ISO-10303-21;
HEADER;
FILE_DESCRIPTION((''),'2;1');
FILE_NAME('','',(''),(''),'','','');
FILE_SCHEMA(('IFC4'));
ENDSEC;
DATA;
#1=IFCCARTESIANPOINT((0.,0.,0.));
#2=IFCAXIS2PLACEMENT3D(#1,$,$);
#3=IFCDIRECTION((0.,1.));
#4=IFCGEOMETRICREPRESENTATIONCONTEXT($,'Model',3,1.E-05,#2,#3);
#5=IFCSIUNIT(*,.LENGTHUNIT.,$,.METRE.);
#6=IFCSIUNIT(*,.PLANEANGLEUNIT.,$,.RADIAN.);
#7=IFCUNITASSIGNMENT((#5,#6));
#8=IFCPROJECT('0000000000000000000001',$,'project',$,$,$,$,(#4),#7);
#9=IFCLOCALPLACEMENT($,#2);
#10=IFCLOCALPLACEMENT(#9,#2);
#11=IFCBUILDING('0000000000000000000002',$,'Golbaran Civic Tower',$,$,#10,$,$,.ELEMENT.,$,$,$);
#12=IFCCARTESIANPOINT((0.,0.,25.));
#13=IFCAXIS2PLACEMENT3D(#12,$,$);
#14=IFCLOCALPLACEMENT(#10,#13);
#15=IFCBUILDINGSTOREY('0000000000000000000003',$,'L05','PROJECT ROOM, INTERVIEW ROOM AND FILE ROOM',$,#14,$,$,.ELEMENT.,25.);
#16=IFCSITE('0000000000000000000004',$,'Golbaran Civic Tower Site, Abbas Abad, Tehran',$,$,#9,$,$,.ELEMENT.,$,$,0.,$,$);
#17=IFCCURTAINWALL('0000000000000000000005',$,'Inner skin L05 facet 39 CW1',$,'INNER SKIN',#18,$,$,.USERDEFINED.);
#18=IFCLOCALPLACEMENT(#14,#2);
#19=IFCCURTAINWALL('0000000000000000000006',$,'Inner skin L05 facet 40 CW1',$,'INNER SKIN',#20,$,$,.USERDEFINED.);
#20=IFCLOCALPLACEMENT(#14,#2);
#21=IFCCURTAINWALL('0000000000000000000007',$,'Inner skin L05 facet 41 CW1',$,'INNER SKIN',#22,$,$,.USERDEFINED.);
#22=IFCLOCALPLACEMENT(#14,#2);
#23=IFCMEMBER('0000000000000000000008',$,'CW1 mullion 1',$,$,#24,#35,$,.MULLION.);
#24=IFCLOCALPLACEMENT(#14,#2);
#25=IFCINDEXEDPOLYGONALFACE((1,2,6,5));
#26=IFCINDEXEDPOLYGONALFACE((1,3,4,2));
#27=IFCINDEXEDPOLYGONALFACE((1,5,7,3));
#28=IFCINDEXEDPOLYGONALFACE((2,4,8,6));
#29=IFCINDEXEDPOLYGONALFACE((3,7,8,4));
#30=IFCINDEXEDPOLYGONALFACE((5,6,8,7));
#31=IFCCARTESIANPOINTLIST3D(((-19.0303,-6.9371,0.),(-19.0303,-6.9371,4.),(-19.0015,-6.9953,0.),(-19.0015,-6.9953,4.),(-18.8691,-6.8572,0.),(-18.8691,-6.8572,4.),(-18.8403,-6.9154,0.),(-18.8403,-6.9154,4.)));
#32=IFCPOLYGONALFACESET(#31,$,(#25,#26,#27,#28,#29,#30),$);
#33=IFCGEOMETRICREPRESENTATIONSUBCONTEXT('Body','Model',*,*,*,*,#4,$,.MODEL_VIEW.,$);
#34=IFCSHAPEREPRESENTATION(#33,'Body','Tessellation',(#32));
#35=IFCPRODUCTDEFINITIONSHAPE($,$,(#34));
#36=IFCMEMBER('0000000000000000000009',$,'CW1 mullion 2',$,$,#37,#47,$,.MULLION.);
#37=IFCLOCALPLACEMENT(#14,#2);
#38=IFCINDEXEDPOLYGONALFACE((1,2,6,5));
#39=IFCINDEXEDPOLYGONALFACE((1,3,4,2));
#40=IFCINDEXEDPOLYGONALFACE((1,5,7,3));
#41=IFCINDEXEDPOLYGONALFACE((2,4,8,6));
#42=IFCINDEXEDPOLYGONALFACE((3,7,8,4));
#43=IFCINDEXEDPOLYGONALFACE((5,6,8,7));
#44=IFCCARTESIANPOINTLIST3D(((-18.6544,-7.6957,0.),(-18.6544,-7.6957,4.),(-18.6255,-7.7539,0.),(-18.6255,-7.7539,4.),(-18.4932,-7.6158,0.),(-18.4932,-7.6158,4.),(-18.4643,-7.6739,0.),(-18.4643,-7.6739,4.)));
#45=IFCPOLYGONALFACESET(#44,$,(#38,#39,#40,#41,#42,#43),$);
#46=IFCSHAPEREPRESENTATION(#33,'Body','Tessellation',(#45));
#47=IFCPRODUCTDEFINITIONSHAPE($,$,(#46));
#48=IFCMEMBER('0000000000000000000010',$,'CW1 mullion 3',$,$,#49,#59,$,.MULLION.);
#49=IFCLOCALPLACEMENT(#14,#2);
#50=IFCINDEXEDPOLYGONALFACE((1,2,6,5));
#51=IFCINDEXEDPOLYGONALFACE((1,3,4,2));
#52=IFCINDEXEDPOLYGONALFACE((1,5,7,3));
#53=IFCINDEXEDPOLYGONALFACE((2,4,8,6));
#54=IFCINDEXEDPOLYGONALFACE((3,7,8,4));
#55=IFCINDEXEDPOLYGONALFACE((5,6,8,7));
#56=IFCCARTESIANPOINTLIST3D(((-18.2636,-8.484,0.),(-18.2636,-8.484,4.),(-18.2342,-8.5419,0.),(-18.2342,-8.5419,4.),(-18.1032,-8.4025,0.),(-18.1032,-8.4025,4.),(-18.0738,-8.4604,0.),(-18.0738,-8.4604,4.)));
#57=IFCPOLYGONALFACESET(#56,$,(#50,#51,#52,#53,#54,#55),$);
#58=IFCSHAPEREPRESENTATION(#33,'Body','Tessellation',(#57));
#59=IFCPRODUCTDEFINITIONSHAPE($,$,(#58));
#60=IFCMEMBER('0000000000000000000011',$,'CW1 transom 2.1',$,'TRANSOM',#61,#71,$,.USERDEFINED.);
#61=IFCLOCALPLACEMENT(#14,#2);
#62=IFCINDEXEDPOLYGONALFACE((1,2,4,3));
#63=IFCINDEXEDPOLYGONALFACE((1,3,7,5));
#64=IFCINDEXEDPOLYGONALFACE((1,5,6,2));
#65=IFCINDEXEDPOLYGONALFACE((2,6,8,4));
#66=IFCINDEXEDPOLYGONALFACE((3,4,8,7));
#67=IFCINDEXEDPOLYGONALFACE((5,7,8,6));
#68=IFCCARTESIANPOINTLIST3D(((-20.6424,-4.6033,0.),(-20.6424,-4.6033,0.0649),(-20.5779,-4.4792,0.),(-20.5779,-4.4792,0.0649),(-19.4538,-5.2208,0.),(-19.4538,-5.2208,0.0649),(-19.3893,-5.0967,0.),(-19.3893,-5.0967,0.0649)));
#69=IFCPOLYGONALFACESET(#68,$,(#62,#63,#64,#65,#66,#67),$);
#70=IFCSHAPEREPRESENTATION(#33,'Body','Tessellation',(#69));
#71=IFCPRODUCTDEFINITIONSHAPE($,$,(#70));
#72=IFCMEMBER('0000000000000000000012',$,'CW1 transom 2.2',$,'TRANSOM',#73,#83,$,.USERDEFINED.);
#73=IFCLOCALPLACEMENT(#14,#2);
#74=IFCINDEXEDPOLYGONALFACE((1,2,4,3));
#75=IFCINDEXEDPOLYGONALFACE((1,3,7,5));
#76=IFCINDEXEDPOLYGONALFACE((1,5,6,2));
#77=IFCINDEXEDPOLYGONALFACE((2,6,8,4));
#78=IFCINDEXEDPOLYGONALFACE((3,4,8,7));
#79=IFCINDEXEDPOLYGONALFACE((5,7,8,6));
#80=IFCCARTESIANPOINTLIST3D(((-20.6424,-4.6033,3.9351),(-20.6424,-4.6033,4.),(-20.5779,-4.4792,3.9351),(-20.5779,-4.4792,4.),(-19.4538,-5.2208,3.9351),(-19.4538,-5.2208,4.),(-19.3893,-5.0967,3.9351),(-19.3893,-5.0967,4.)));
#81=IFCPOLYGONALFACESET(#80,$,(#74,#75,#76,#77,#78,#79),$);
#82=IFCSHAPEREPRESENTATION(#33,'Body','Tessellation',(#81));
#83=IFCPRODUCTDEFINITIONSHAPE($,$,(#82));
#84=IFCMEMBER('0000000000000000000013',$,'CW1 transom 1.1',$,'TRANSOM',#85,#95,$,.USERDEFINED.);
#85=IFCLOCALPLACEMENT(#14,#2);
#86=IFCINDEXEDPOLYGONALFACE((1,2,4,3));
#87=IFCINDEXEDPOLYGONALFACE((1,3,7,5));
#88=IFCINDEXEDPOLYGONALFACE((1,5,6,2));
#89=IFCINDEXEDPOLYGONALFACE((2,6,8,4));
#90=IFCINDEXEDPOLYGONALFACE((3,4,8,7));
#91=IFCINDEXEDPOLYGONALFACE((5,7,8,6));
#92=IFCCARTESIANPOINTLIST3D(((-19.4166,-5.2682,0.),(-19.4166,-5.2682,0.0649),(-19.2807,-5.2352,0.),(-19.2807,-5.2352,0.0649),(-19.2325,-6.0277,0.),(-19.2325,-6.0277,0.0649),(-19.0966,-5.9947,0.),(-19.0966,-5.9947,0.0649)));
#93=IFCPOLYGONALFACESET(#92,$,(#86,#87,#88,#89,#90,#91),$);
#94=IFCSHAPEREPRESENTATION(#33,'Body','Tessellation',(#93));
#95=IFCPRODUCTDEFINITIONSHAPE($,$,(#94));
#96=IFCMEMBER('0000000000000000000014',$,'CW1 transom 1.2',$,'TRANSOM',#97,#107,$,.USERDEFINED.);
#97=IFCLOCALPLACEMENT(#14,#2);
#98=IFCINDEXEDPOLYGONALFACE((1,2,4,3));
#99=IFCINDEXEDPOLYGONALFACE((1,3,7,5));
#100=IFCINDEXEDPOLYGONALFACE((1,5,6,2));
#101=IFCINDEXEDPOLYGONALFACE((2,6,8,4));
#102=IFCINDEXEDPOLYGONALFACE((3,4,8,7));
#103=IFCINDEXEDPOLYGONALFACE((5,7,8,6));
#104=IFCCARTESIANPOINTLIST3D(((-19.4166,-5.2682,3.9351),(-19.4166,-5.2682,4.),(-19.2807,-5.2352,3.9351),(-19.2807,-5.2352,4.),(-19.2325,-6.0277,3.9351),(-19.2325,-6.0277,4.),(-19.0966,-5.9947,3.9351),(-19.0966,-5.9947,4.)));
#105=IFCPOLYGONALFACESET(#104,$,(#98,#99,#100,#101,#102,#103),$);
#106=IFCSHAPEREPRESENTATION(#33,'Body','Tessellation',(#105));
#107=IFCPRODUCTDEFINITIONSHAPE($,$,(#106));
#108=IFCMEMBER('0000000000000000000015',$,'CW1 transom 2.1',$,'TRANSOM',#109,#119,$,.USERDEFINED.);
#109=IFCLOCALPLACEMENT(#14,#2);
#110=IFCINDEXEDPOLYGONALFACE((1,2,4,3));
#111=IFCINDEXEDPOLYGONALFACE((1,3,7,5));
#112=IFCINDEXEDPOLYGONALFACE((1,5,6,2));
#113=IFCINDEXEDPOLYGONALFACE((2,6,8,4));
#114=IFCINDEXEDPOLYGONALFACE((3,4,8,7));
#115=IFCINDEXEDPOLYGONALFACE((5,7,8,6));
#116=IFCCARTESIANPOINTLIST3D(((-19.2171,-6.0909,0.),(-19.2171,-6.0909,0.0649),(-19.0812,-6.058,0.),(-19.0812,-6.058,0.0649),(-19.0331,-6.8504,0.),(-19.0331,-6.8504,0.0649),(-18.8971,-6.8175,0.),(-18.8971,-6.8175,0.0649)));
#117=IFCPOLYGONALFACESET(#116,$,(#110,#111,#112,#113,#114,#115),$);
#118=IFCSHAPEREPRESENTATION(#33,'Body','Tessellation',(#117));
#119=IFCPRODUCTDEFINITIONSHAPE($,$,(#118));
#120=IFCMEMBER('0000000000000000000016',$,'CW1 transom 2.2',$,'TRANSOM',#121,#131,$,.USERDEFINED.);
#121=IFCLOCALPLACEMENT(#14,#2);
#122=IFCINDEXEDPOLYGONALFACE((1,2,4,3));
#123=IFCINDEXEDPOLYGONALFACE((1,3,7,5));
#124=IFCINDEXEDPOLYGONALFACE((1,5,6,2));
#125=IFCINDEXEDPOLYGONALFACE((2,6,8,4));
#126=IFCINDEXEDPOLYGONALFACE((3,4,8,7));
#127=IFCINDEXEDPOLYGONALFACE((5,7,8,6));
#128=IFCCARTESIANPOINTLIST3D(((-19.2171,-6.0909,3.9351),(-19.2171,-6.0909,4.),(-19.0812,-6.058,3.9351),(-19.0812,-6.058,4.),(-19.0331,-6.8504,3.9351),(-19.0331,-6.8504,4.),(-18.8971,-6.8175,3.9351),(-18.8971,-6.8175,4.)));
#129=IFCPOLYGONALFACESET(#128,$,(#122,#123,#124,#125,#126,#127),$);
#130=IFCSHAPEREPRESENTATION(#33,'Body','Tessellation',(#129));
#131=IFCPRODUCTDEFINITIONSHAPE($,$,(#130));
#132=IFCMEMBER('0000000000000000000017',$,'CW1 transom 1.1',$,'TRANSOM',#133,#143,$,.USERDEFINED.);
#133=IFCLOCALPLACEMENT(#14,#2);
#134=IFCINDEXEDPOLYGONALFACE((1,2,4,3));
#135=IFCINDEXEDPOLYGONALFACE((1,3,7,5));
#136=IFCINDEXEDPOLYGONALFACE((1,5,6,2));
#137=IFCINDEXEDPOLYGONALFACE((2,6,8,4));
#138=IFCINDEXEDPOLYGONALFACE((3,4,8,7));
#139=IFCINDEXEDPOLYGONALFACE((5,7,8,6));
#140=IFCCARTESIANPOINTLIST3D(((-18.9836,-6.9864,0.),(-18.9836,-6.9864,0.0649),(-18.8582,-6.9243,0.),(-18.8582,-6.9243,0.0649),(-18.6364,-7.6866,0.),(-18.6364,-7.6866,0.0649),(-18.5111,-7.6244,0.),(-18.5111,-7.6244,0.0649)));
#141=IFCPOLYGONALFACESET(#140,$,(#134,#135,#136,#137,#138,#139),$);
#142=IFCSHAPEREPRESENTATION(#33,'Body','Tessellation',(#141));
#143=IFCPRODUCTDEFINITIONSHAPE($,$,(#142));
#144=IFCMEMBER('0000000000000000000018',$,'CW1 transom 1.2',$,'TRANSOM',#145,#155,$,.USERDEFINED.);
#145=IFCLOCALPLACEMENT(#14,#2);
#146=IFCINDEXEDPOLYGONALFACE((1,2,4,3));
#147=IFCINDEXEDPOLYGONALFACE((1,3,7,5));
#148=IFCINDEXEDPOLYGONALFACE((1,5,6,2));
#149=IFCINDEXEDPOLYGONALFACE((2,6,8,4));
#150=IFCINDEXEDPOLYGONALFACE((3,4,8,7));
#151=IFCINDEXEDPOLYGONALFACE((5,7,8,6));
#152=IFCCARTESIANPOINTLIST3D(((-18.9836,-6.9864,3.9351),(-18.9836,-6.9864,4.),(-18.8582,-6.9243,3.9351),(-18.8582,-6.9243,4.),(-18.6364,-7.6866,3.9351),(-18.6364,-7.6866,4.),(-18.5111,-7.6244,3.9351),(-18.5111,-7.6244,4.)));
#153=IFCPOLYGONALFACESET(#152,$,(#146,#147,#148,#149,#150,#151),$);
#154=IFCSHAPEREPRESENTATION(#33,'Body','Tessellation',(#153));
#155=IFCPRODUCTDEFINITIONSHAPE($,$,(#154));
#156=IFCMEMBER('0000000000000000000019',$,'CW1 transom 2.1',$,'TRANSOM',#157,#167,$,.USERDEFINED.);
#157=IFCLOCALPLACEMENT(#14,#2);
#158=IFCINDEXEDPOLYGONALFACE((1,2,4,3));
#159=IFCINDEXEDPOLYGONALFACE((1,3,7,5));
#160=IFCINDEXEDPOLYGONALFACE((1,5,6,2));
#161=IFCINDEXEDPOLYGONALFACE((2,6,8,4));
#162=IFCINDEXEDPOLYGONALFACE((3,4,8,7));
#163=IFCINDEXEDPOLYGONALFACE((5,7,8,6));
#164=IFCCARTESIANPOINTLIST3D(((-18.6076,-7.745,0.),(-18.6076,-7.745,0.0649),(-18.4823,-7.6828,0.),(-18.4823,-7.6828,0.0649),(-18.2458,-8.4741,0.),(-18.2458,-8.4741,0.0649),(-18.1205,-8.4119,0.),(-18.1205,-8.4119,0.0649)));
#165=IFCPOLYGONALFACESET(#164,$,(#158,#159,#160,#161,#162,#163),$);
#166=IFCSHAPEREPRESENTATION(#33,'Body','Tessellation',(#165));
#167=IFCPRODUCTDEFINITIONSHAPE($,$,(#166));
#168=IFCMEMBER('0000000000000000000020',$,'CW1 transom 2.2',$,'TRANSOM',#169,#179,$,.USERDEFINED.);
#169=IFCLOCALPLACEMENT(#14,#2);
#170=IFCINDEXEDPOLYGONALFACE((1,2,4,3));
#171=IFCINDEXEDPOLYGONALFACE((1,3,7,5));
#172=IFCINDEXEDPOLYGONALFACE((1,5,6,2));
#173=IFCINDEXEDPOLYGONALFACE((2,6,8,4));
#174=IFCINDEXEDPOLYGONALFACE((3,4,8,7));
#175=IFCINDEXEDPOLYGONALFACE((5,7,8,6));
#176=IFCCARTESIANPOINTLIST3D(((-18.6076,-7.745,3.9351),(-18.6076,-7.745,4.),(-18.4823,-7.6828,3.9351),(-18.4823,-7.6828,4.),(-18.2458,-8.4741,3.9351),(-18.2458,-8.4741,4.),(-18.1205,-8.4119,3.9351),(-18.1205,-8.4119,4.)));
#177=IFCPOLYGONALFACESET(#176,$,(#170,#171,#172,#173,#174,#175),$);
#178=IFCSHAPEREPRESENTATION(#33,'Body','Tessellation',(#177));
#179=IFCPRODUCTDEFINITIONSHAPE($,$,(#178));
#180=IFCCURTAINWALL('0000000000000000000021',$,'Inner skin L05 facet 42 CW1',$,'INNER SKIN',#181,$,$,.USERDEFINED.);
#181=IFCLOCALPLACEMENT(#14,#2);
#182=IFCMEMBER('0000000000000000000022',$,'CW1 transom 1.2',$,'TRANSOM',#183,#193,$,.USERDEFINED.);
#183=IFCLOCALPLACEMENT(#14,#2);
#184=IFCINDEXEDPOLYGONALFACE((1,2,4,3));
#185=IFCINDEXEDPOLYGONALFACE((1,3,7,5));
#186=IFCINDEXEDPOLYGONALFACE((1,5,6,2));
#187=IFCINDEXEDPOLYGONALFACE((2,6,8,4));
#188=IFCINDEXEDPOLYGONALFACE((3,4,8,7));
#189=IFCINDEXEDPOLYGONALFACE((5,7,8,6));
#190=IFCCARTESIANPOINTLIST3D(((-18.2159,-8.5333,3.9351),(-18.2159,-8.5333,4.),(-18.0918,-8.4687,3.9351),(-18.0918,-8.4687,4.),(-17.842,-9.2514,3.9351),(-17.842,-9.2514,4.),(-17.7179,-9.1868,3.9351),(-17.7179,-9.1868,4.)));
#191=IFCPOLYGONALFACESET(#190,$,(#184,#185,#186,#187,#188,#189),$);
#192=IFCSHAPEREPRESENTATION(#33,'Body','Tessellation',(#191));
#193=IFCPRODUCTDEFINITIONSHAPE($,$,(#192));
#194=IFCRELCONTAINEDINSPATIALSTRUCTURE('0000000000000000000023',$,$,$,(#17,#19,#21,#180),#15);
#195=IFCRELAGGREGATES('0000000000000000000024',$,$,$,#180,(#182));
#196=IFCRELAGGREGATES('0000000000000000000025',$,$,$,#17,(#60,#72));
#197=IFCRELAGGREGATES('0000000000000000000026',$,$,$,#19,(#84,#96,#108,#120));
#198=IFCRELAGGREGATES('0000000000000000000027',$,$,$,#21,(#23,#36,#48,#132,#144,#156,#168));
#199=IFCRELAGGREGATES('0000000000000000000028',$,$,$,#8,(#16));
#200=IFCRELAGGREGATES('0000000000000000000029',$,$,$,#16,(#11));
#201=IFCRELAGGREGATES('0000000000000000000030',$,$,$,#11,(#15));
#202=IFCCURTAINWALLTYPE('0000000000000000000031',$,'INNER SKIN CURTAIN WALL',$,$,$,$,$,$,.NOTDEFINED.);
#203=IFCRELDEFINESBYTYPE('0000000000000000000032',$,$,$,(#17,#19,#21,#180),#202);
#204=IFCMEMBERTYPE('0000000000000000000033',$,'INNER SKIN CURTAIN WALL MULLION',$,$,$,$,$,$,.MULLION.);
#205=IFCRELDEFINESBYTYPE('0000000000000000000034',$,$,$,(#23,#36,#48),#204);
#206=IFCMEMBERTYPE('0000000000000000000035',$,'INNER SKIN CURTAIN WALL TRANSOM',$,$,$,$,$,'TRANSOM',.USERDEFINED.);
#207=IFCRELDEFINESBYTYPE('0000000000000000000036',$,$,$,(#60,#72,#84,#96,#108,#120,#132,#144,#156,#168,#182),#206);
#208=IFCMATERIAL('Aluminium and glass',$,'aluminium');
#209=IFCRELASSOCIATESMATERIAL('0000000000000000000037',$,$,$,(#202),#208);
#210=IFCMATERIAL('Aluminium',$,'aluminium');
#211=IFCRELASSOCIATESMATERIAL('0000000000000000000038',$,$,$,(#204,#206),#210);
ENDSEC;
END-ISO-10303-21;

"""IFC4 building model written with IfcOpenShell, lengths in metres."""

from ifc_helpers import new_model, si_unit, direction, frame, origin, origin_2d, place, context, subcontext, project, spatial, rectangle, extrude, material, material_profile, profile_set, type_object, element, aggregate, save


model = new_model("IFC4")

# Units and contexts
model_context = context("Model", 3, precision=1e-05, world=origin(), true_north=direction((0.0, 1.0)))
body_context = subcontext(model_context, "Body", "Model", "MODEL_VIEW")
ifc_project = project(units=[si_unit("LENGTHUNIT", "METRE"), si_unit("PLANEANGLEUNIT", "RADIAN")], contexts=[model_context])

# Site, building, storey
site_placement = place(None, origin())
site = spatial("IfcSite", under=ifc_project, at=site_placement, Name="Golbaran Civic Tower Site, Abbas Abad, Tehran", CompositionType="ELEMENT", RefElevation=0.0)
building_placement = place(site_placement, origin())
building = spatial("IfcBuilding", under=site, at=building_placement, Name="Golbaran Civic Tower", CompositionType="ELEMENT")
storey_placement = place(building_placement, frame((0.0, 0.0, 25.0)))
storey = spatial("IfcBuildingStorey", under=building, at=storey_placement, Name="L05", Description="PROJECT ROOM, INTERVIEW ROOM AND FILE ROOM", CompositionType="ELEMENT", Elevation=25.0)

# Curtain wall
ifc_material_1 = material(Name="Aluminium and glass", Category="aluminium")
curtain_wall_type = type_object("IfcCurtainWallType", Name="INNER SKIN CURTAIN WALL", PredefinedType="NOTDEFINED", material=ifc_material_1)
curtain_wall_1_placement = place(storey_placement, origin())
curtain_wall_1 = element("IfcCurtainWall", 1, at=curtain_wall_1_placement, inside=storey, type_object=curtain_wall_type, Name="Inner skin L05 facet 39 CW1", ObjectType="INNER SKIN", PredefinedType="USERDEFINED")
ifc_material_2 = material(Name="Aluminium", Category="aluminium")
ifc_material_profile_1 = material_profile(ifc_material_2, rectangle(XDim=0.1799, YDim=0.0649, at=origin_2d()), Name="INNER SKIN CURTAIN WALL MULLION")
ifc_profile_set_1 = profile_set([ifc_material_profile_1], Name="Aluminium")
member_type_1 = type_object("IfcMemberType", Name="INNER SKIN CURTAIN WALL MULLION", PredefinedType="MULLION", material=ifc_profile_set_1)

# Curtain walls, members
curtain_wall_2_placement = place(storey_placement, origin())
curtain_wall_2 = element("IfcCurtainWall", 2, at=curtain_wall_2_placement, inside=storey, type_object=curtain_wall_type, Name="Inner skin L05 facet 40 CW1", ObjectType="INNER SKIN", PredefinedType="USERDEFINED")
curtain_wall_3_placement = place(storey_placement, origin())
curtain_wall_3 = element("IfcCurtainWall", 3, at=curtain_wall_3_placement, inside=storey, type_object=curtain_wall_type, Name="Inner skin L05 facet 41 CW1", ObjectType="INNER SKIN", PredefinedType="USERDEFINED")
member_1_placement = place(storey_placement, frame((-18.9353, -6.9263, 0.0), z_axis=(0.0, 0.0, 1.0), x_axis=(0.895887, 0.444283, 0.0)))
member_1 = element("IfcMember", 4, at=member_1_placement, type_object=member_type_1, Name="CW1 mullion 1", PredefinedType="MULLION", context=body_context, shape_type="SweptSolid", body=[
    extrude(rectangle(XDim=0.1799, YDim=0.0649, at=origin_2d()), origin(), (0.0, 0.0, 1.0), 4.0),
])
member_2_placement = place(storey_placement, frame((-18.5593, -7.6848, 0.0), z_axis=(0.0, 0.0, 1.0), x_axis=(0.895887, 0.444283, 0.0)))
member_2 = element("IfcMember", 5, at=member_2_placement, type_object=member_type_1, Name="CW1 mullion 2", PredefinedType="MULLION", context=body_context, shape_type="SweptSolid", body=[
    extrude(rectangle(XDim=0.1799, YDim=0.0649, at=origin_2d()), origin(), (0.0, 0.0, 1.0), 4.0),
])
member_3_placement = place(storey_placement, frame((-18.1687, -8.4722, 0.0), z_axis=(0.0, 0.0, 1.0), x_axis=(0.891492, 0.453037, 0.0)))
member_3 = element("IfcMember", 6, at=member_3_placement, type_object=member_type_1, Name="CW1 mullion 3", PredefinedType="MULLION", context=body_context, shape_type="SweptSolid", body=[
    extrude(rectangle(XDim=0.1799, YDim=0.0649, at=origin_2d()), origin(), (0.0, 0.0, 1.0), 4.0),
])

# Members
ifc_material_profile_2 = material_profile(ifc_material_2, rectangle(XDim=0.1399, YDim=0.0649, at=origin_2d()), Name="INNER SKIN CURTAIN WALL TRANSOM")
ifc_profile_set_2 = profile_set([ifc_material_profile_2], Name="Aluminium")
member_type_2 = type_object("IfcMemberType", Name="INNER SKIN CURTAIN WALL TRANSOM", ElementType="TRANSOM", PredefinedType="USERDEFINED", material=ifc_profile_set_2)
member_4_placement = place(storey_placement, frame((-20.6101, -4.5413, 0.0325), z_axis=(0.887393, -0.461014, 0.0), x_axis=(0.461014, 0.887393, 0.0)))
member_4 = element("IfcMember", 7, at=member_4_placement, type_object=member_type_2, Name="CW1 transom 2.1", ObjectType="TRANSOM", PredefinedType="USERDEFINED", context=body_context, shape_type="SweptSolid", body=[
    extrude(rectangle(XDim=0.1399, YDim=0.0649, at=origin_2d()), origin(), (0.0, 0.0, 1.0), 1.3394),
])
member_5_placement = place(storey_placement, frame((-20.6101, -4.5413, 3.9675), z_axis=(0.887393, -0.461014, 0.0), x_axis=(0.461014, 0.887393, 0.0)))
member_5 = element("IfcMember", 8, at=member_5_placement, type_object=member_type_2, Name="CW1 transom 2.2", ObjectType="TRANSOM", PredefinedType="USERDEFINED", context=body_context, shape_type="SweptSolid", body=[
    extrude(rectangle(XDim=0.1399, YDim=0.0649, at=origin_2d()), origin(), (0.0, 0.0, 1.0), 1.3394),
])
member_6_placement = place(storey_placement, frame((-19.3486, -5.2517, 0.0325), z_axis=(0.235546, -0.971863, 0.0), x_axis=(0.971863, 0.235546, 0.0)))
member_6 = element("IfcMember", 9, at=member_6_placement, type_object=member_type_2, Name="CW1 transom 1.1", ObjectType="TRANSOM", PredefinedType="USERDEFINED", context=body_context, shape_type="SweptSolid", body=[
    extrude(rectangle(XDim=0.1399, YDim=0.0649, at=origin_2d()), origin(), (0.0, 0.0, 1.0), 0.7815),
])
member_7_placement = place(storey_placement, frame((-19.3486, -5.2517, 3.9675), z_axis=(0.235546, -0.971863, 0.0), x_axis=(0.971863, 0.235546, 0.0)))
member_7 = element("IfcMember", 10, at=member_7_placement, type_object=member_type_2, Name="CW1 transom 1.2", ObjectType="TRANSOM", PredefinedType="USERDEFINED", context=body_context, shape_type="SweptSolid", body=[
    extrude(rectangle(XDim=0.1399, YDim=0.0649, at=origin_2d()), origin(), (0.0, 0.0, 1.0), 0.7815),
])
member_8_placement = place(storey_placement, frame((-19.1492, -6.0745, 0.0325), z_axis=(0.235546, -0.971863, 0.0), x_axis=(0.971863, 0.235546, 0.0)))
member_8 = element("IfcMember", 11, at=member_8_placement, type_object=member_type_2, Name="CW1 transom 2.1", ObjectType="TRANSOM", PredefinedType="USERDEFINED", context=body_context, shape_type="SweptSolid", body=[
    extrude(rectangle(XDim=0.1399, YDim=0.0649, at=origin_2d()), origin(), (0.0, 0.0, 1.0), 0.7815),
])
member_9_placement = place(storey_placement, frame((-19.1492, -6.0745, 3.9675), z_axis=(0.235546, -0.971863, 0.0), x_axis=(0.971863, 0.235546, 0.0)))
member_9 = element("IfcMember", 12, at=member_9_placement, type_object=member_type_2, Name="CW1 transom 2.2", ObjectType="TRANSOM", PredefinedType="USERDEFINED", context=body_context, shape_type="SweptSolid", body=[
    extrude(rectangle(XDim=0.1399, YDim=0.0649, at=origin_2d()), origin(), (0.0, 0.0, 1.0), 0.7815),
])
member_10_placement = place(storey_placement, frame((-18.9209, -6.9553, 0.0325), z_axis=(0.444212, -0.895922, 0.0), x_axis=(0.895922, 0.444212, 0.0)))
member_10 = element("IfcMember", 13, at=member_10_placement, type_object=member_type_2, Name="CW1 transom 1.1", ObjectType="TRANSOM", PredefinedType="USERDEFINED", context=body_context, shape_type="SweptSolid", body=[
    extrude(rectangle(XDim=0.1399, YDim=0.0649, at=origin_2d()), origin(), (0.0, 0.0, 1.0), 0.7815),
])
member_11_placement = place(storey_placement, frame((-18.9209, -6.9553, 3.9675), z_axis=(0.444212, -0.895922, 0.0), x_axis=(0.895922, 0.444212, 0.0)))
member_11 = element("IfcMember", 14, at=member_11_placement, type_object=member_type_2, Name="CW1 transom 1.2", ObjectType="TRANSOM", PredefinedType="USERDEFINED", context=body_context, shape_type="SweptSolid", body=[
    extrude(rectangle(XDim=0.1399, YDim=0.0649, at=origin_2d()), origin(), (0.0, 0.0, 1.0), 0.7815),
])
member_12_placement = place(storey_placement, frame((-18.5449, -7.7139, 0.0325), z_axis=(0.444452, -0.895802, 0.0), x_axis=(0.895802, 0.444452, 0.0)))
member_12 = element("IfcMember", 15, at=member_12_placement, type_object=member_type_2, Name="CW1 transom 2.1", ObjectType="TRANSOM", PredefinedType="USERDEFINED", context=body_context, shape_type="SweptSolid", body=[
    extrude(rectangle(XDim=0.1399, YDim=0.0649, at=origin_2d()), origin(), (0.0, 0.0, 1.0), 0.814),
])
member_13_placement = place(storey_placement, frame((-18.5449, -7.7139, 3.9675), z_axis=(0.444452, -0.895802, 0.0), x_axis=(0.895802, 0.444452, 0.0)))
member_13 = element("IfcMember", 16, at=member_13_placement, type_object=member_type_2, Name="CW1 transom 2.2", ObjectType="TRANSOM", PredefinedType="USERDEFINED", context=body_context, shape_type="SweptSolid", body=[
    extrude(rectangle(XDim=0.1399, YDim=0.0649, at=origin_2d()), origin(), (0.0, 0.0, 1.0), 0.814),
])

# Curtain wall, member
curtain_wall_4_placement = place(storey_placement, origin())
curtain_wall_4 = element("IfcCurtainWall", 17, at=curtain_wall_4_placement, inside=storey, type_object=curtain_wall_type, Name="Inner skin L05 facet 42 CW1", ObjectType="INNER SKIN", PredefinedType="USERDEFINED")
member_14_placement = place(storey_placement, frame((-18.1538, -8.501, 3.9675), z_axis=(0.461752, -0.887009, 0.0), x_axis=(0.887009, 0.461752, 0.0)))
member_14 = element("IfcMember", 18, at=member_14_placement, type_object=member_type_2, Name="CW1 transom 1.2", ObjectType="TRANSOM", PredefinedType="USERDEFINED", context=body_context, shape_type="SweptSolid", body=[
    extrude(rectangle(XDim=0.1399, YDim=0.0649, at=origin_2d()), origin(), (0.0, 0.0, 1.0), 0.8096),
])
aggregate(curtain_wall_4, [member_14])

aggregate(curtain_wall_1, [member_4, member_5])
aggregate(curtain_wall_2, [member_6, member_7, member_8, member_9])
aggregate(curtain_wall_3, [member_1, member_2, member_3, member_10, member_11, member_12, member_13])

save(model, "model.ifc")
